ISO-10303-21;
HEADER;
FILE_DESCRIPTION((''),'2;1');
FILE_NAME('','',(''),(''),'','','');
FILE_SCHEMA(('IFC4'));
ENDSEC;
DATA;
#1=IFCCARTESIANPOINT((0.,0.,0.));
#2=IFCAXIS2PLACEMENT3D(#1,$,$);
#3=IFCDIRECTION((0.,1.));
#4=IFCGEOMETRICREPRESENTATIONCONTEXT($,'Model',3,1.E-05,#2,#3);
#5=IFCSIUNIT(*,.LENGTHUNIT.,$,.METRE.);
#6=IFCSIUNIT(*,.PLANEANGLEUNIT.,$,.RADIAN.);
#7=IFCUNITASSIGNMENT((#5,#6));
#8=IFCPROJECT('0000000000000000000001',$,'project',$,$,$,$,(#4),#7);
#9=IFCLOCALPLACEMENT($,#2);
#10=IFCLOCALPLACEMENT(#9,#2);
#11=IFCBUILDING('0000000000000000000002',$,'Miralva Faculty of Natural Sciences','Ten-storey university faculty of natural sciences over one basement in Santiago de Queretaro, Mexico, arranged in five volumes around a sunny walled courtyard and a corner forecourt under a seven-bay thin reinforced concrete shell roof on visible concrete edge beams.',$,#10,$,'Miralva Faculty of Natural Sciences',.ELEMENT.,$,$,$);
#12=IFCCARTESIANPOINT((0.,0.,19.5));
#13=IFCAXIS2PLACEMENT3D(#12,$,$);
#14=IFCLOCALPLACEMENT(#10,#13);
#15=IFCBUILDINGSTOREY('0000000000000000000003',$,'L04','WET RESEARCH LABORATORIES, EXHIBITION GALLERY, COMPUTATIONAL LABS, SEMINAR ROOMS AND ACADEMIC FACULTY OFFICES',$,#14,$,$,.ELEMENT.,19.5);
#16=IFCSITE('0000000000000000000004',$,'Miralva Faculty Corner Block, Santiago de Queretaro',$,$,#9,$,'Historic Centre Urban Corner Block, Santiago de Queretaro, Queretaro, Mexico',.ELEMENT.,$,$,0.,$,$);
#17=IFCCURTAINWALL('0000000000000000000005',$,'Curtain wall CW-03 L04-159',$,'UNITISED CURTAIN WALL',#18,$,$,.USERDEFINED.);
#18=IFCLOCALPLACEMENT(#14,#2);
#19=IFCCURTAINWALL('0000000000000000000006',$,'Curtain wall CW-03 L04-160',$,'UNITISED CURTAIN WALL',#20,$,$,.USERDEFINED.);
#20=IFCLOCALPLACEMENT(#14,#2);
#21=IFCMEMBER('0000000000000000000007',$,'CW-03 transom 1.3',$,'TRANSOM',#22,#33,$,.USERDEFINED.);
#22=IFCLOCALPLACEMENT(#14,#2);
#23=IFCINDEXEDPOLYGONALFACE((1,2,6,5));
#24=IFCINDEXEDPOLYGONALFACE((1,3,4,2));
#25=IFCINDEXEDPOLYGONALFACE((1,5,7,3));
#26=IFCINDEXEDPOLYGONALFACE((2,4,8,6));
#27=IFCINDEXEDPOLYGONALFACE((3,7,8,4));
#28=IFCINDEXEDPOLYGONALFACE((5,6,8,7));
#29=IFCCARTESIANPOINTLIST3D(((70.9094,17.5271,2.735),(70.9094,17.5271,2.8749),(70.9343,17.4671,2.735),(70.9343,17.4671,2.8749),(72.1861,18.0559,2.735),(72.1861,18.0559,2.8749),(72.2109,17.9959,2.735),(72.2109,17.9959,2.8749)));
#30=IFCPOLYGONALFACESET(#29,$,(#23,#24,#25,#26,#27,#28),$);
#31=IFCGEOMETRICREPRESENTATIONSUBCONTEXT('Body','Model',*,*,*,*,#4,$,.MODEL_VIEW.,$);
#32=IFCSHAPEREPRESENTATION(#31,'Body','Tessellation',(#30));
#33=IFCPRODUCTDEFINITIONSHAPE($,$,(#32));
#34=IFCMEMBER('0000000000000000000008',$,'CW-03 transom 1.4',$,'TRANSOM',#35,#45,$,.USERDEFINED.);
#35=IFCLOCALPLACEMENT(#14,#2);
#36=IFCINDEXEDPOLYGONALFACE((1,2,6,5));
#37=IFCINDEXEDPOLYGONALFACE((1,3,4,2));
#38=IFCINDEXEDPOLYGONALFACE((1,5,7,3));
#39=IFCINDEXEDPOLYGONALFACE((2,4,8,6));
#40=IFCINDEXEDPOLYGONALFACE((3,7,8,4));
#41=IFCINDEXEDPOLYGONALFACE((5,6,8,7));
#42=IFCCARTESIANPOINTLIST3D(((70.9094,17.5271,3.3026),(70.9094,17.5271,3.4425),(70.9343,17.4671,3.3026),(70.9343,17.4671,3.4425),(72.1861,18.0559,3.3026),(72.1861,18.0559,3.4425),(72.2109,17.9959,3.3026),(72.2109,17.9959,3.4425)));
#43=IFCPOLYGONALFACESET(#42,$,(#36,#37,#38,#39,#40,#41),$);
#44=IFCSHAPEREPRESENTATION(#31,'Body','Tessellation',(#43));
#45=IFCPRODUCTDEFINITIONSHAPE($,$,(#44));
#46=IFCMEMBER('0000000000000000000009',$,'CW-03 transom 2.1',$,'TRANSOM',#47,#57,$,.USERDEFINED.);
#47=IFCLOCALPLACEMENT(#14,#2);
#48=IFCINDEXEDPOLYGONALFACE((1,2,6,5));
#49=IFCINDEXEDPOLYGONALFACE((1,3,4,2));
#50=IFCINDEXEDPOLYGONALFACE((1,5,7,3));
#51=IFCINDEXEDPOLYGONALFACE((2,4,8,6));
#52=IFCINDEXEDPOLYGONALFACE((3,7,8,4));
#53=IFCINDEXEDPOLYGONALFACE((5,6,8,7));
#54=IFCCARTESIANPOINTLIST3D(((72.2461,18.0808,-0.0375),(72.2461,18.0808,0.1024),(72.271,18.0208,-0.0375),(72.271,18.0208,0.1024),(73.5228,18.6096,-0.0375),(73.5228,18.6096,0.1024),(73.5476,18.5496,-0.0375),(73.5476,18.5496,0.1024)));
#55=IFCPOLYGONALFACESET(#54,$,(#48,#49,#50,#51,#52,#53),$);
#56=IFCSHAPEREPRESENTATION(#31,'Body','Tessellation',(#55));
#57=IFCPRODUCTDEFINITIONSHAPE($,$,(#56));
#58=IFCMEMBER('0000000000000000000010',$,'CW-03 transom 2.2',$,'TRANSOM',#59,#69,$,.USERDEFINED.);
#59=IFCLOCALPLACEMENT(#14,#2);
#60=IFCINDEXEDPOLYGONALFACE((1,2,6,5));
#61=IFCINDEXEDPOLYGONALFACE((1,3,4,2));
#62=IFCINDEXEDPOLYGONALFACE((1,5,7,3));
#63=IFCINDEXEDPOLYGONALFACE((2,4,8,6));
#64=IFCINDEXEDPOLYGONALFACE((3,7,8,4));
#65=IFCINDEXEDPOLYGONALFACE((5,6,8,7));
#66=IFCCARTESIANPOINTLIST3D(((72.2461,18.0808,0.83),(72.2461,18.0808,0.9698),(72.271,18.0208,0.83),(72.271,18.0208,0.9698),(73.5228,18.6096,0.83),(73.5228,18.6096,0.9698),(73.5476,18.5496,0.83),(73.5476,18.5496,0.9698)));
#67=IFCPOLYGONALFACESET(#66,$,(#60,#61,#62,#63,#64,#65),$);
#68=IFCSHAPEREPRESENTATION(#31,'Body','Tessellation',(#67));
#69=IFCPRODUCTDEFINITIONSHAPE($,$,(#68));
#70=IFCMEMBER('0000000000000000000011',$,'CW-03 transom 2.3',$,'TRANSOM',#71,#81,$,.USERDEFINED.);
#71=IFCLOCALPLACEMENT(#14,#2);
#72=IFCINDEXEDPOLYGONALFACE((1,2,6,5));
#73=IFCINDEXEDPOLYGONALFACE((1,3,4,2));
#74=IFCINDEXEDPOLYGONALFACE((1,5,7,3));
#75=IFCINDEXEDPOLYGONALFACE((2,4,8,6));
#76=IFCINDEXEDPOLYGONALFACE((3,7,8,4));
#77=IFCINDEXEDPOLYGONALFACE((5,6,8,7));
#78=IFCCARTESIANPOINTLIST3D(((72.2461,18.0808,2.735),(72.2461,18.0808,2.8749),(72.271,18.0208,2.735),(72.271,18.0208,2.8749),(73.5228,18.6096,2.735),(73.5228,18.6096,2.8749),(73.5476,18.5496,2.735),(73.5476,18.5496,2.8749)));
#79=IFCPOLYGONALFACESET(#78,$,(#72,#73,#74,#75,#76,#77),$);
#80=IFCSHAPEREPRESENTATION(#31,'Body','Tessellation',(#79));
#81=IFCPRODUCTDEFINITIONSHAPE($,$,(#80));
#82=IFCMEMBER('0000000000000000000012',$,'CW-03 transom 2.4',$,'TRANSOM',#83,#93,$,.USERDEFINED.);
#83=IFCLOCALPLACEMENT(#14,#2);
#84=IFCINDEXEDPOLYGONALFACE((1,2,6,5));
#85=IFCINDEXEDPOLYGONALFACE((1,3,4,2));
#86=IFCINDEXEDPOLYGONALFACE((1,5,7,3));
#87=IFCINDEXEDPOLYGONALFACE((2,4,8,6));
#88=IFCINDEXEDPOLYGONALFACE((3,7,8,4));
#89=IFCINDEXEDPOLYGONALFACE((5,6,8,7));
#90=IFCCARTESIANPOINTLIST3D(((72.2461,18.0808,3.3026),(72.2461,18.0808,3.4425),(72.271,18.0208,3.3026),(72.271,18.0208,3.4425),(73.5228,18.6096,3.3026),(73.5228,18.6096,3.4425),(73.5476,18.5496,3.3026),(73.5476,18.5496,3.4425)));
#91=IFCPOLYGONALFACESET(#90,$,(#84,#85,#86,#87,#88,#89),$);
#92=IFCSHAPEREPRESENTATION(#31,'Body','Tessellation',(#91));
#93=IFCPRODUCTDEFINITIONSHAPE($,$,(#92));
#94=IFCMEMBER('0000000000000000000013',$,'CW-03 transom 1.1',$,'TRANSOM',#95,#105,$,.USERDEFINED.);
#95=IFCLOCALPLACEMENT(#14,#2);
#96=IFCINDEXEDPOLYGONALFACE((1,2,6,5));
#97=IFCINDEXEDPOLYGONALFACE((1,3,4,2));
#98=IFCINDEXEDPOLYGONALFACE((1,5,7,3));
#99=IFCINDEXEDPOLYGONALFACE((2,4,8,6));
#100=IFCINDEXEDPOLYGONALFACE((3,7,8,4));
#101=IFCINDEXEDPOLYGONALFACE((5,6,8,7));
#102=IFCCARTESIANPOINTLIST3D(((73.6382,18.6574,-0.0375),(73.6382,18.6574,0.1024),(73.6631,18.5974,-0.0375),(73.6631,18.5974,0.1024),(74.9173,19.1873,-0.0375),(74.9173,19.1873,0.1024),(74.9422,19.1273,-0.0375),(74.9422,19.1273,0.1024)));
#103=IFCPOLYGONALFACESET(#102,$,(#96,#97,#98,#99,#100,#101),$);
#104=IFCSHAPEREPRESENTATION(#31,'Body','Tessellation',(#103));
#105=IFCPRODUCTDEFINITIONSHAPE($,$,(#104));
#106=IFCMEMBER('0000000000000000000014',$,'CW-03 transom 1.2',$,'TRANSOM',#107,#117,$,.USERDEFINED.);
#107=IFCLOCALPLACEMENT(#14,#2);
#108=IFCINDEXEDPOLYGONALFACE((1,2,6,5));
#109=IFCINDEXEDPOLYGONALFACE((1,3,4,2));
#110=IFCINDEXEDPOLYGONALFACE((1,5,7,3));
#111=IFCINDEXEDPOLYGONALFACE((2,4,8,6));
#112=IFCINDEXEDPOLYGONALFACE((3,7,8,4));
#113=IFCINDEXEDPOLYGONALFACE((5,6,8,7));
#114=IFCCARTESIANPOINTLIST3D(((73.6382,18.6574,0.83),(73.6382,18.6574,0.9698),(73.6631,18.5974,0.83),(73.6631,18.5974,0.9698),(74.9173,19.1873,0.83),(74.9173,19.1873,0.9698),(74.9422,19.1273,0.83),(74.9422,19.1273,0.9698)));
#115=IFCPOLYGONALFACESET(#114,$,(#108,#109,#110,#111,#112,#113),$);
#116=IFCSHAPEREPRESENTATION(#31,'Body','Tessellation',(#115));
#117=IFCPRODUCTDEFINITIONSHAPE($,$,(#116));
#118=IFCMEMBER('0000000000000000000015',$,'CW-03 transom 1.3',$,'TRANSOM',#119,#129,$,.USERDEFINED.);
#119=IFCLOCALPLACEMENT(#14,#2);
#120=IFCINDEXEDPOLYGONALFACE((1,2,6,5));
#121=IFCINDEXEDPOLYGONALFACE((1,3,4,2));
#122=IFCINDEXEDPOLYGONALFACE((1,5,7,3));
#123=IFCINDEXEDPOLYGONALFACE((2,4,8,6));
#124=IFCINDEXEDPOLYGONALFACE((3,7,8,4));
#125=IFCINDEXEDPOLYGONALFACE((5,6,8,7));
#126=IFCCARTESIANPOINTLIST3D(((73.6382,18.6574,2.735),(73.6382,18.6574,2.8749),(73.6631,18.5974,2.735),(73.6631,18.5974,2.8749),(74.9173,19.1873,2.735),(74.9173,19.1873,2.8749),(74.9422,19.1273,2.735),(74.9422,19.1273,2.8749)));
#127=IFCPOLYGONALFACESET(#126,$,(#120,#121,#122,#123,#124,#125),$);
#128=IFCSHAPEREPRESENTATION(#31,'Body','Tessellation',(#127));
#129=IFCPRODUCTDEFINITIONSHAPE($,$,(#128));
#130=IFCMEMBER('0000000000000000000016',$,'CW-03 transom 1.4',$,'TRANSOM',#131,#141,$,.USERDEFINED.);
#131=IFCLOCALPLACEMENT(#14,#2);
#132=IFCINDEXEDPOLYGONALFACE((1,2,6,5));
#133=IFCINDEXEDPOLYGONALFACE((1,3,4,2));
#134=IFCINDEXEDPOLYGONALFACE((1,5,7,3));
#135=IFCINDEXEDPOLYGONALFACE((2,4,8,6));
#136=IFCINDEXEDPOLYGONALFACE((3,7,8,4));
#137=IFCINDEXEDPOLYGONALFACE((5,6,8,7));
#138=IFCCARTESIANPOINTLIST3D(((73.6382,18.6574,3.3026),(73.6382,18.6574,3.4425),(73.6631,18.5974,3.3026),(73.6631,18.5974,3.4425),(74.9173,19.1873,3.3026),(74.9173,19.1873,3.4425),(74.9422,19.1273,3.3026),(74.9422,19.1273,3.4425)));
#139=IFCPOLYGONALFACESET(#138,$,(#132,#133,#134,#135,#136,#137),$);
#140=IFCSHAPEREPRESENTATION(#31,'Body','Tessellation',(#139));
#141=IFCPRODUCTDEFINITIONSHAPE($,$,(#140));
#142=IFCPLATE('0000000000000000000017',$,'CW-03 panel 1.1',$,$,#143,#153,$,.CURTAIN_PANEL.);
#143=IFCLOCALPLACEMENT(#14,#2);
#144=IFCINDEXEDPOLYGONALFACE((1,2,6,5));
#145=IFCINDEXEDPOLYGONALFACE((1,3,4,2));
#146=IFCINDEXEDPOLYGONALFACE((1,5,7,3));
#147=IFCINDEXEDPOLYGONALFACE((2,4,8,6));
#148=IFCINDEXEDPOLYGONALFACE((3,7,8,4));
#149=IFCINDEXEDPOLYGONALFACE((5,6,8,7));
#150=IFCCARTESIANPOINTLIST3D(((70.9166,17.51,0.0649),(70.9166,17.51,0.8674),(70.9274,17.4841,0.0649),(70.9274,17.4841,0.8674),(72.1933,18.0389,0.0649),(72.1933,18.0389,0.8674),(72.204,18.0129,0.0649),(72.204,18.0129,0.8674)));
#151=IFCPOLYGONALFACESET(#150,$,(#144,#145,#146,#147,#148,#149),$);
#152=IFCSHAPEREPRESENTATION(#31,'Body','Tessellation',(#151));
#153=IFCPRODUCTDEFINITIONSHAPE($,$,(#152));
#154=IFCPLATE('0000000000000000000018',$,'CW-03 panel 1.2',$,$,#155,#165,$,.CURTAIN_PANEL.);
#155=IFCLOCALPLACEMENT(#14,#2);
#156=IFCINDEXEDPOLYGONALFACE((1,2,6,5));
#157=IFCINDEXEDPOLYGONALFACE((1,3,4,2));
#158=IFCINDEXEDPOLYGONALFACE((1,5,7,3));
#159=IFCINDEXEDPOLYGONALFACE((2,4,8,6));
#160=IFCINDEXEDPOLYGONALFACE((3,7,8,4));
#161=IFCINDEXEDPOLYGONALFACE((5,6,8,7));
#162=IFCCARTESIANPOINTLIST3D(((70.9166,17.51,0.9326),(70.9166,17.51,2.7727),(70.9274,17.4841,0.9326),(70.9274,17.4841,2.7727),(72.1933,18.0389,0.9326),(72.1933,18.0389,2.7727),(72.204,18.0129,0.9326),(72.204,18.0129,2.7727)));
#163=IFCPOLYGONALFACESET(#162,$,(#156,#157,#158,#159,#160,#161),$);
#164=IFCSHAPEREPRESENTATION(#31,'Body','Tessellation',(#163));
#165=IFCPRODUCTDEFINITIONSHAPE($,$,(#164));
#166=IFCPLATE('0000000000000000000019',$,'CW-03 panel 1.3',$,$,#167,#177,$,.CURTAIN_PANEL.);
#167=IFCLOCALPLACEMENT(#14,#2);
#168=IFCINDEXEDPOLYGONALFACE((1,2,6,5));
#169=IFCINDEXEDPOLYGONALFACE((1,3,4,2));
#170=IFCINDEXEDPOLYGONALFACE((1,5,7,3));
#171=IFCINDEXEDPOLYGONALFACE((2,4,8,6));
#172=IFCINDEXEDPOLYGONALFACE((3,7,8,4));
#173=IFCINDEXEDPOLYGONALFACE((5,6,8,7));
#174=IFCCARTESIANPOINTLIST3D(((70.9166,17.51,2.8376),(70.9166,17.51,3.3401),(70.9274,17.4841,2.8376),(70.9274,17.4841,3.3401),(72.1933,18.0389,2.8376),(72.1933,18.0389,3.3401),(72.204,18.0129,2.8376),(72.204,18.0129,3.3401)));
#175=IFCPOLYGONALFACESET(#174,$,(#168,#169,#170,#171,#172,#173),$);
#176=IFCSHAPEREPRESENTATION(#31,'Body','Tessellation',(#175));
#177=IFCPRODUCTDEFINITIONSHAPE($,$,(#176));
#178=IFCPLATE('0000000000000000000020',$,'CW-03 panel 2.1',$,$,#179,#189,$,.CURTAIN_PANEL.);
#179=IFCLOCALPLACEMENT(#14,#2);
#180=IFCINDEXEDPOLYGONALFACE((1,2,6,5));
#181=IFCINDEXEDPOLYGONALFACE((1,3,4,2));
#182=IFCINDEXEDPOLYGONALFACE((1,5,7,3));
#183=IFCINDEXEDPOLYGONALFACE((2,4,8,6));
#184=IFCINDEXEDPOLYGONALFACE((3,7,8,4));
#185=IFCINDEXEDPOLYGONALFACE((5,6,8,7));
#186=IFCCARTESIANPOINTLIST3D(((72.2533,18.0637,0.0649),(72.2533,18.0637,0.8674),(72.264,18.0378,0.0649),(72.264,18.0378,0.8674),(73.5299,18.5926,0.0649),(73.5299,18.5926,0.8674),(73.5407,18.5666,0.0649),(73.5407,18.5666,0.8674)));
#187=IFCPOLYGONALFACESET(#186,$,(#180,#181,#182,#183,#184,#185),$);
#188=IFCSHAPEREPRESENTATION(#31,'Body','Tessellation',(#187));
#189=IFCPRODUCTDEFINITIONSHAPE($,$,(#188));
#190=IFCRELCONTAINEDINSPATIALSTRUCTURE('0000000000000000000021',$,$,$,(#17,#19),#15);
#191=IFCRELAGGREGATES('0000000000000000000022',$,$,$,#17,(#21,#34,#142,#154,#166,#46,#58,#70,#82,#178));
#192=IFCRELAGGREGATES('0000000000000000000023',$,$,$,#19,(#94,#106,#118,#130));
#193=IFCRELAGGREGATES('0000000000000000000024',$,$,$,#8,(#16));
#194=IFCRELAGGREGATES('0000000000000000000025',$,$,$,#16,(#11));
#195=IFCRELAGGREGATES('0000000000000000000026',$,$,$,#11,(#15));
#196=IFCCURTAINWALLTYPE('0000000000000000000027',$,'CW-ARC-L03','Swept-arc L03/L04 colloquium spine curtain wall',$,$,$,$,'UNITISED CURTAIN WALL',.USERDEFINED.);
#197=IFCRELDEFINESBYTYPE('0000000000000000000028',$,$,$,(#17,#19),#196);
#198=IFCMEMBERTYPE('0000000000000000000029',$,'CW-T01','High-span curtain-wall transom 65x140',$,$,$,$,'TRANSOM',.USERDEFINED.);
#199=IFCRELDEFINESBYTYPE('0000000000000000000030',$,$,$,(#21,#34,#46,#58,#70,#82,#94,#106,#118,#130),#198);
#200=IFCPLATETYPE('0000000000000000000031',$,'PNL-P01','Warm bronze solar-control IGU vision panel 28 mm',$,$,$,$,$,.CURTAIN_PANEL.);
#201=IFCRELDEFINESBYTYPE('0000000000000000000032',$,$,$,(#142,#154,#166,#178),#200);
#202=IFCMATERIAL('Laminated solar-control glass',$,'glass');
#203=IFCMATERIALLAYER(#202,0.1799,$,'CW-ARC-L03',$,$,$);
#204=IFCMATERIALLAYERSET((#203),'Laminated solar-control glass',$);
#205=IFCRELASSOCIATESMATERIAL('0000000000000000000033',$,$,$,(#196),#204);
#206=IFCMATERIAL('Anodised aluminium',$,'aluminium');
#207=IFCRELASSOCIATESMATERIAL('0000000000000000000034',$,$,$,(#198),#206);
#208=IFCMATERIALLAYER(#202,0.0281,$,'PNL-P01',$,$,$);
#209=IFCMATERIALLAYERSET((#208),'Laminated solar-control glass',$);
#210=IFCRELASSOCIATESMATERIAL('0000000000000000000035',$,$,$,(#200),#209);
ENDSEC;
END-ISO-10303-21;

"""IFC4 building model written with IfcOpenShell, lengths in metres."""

from ifc_helpers import new_model, si_unit, direction, frame, origin, origin_2d, place, context, subcontext, project, spatial, rectangle, extrude, material, layer, layer_set, material_profile, profile_set, type_object, element, aggregate, save


model = new_model("IFC4")

# Units and contexts
model_context = context("Model", 3, precision=1e-05, world=origin(), true_north=direction((0.0, 1.0)))
body_context = subcontext(model_context, "Body", "Model", "MODEL_VIEW")
ifc_project = project(units=[si_unit("LENGTHUNIT", "METRE"), si_unit("PLANEANGLEUNIT", "RADIAN")], contexts=[model_context])

# Site, building, storey
site_placement = place(None, origin())
site = spatial("IfcSite", under=ifc_project, at=site_placement, Name="Miralva Faculty Corner Block, Santiago de Queretaro", LongName="Historic Centre Urban Corner Block, Santiago de Queretaro, Queretaro, Mexico", CompositionType="ELEMENT", RefElevation=0.0)
building_placement = place(site_placement, origin())
building = spatial("IfcBuilding", under=site, at=building_placement, Name="Miralva Faculty of Natural Sciences", Description="Ten-storey university faculty of natural sciences over one basement in Santiago de Queretaro, Mexico, arranged in five volumes around a sunny walled courtyard and a corner forecourt under a seven-bay thin reinforced concrete shell roof on visible concrete edge beams.", LongName="Miralva Faculty of Natural Sciences", CompositionType="ELEMENT")
storey_placement = place(building_placement, frame((0.0, 0.0, 19.5)))
storey = spatial("IfcBuildingStorey", under=building, at=storey_placement, Name="L04", Description="WET RESEARCH LABORATORIES, EXHIBITION GALLERY, COMPUTATIONAL LABS, SEMINAR ROOMS AND ACADEMIC FACULTY OFFICES", CompositionType="ELEMENT", Elevation=19.5)

# Curtain wall
ifc_material_1 = material(Name="Laminated solar-control glass", Category="glass")
ifc_layer_1 = layer(ifc_material_1, 0.1799, Name="CW-ARC-L03")
ifc_layer_set_1 = layer_set([ifc_layer_1], Name="Laminated solar-control glass")
curtain_wall_type = type_object("IfcCurtainWallType", Name="CW-ARC-L03", Description="Swept-arc L03/L04 colloquium spine curtain wall", ElementType="UNITISED CURTAIN WALL", PredefinedType="USERDEFINED", material=ifc_layer_set_1)
curtain_wall_1_placement = place(storey_placement, origin())
curtain_wall_1 = element("IfcCurtainWall", 1, at=curtain_wall_1_placement, inside=storey, type_object=curtain_wall_type, Name="Curtain wall CW-03 L04-159", ObjectType="UNITISED CURTAIN WALL", PredefinedType="USERDEFINED")
ifc_material_2 = material(Name="Anodised aluminium", Category="aluminium")

# Curtain wall
curtain_wall_2_placement = place(storey_placement, origin())
curtain_wall_2 = element("IfcCurtainWall", 2, at=curtain_wall_2_placement, inside=storey, type_object=curtain_wall_type, Name="Curtain wall CW-03 L04-160", ObjectType="UNITISED CURTAIN WALL", PredefinedType="USERDEFINED")

# Members
ifc_material_profile_1 = material_profile(ifc_material_2, rectangle(XDim=0.0649, YDim=0.1399, at=origin_2d()), Name="TRANSOM 65x140")
ifc_profile_set_1 = profile_set([ifc_material_profile_1], Name="Anodised aluminium")
member_type_1 = type_object("IfcMemberType", Name="CW-T01", Description="High-span curtain-wall transom 65x140", ElementType="TRANSOM", PredefinedType="USERDEFINED", material=ifc_profile_set_1)
member_1_placement = place(storey_placement, frame((70.9219, 17.4971, 2.8049), z_axis=(0.923875, 0.382695, 0.0), x_axis=(-0.382695, 0.923875, 0.0)))
member_1 = element("IfcMember", 3, at=member_1_placement, type_object=member_type_1, Name="CW-03 transom 1.3", ObjectType="TRANSOM", PredefinedType="USERDEFINED", context=body_context, shape_type="SweptSolid", body=[
    extrude(rectangle(XDim=0.0649, YDim=0.1399, at=origin_2d()), origin(), (0.0, 0.0, 1.0), 1.3818),
])
member_2_placement = place(storey_placement, frame((70.9219, 17.4971, 3.3726), z_axis=(0.923875, 0.382695, 0.0), x_axis=(-0.382695, 0.923875, 0.0)))
member_2 = element("IfcMember", 4, at=member_2_placement, type_object=member_type_1, Name="CW-03 transom 1.4", ObjectType="TRANSOM", PredefinedType="USERDEFINED", context=body_context, shape_type="SweptSolid", body=[
    extrude(rectangle(XDim=0.0649, YDim=0.1399, at=origin_2d()), origin(), (0.0, 0.0, 1.0), 1.3818),
])
member_3_placement = place(storey_placement, frame((72.2585, 18.0508, 0.0325), z_axis=(0.923875, 0.382695, 0.0), x_axis=(-0.382695, 0.923875, 0.0)))
member_3 = element("IfcMember", 5, at=member_3_placement, type_object=member_type_1, Name="CW-03 transom 2.1", ObjectType="TRANSOM", PredefinedType="USERDEFINED", context=body_context, shape_type="SweptSolid", body=[
    extrude(rectangle(XDim=0.0649, YDim=0.1399, at=origin_2d()), origin(), (0.0, 0.0, 1.0), 1.3818),
])
member_4_placement = place(storey_placement, frame((72.2585, 18.0508, 0.8999), z_axis=(0.923875, 0.382695, 0.0), x_axis=(-0.382695, 0.923875, 0.0)))
member_4 = element("IfcMember", 6, at=member_4_placement, type_object=member_type_1, Name="CW-03 transom 2.2", ObjectType="TRANSOM", PredefinedType="USERDEFINED", context=body_context, shape_type="SweptSolid", body=[
    extrude(rectangle(XDim=0.0649, YDim=0.1399, at=origin_2d()), origin(), (0.0, 0.0, 1.0), 1.3818),
])
member_5_placement = place(storey_placement, frame((72.2585, 18.0508, 2.8049), z_axis=(0.923875, 0.382695, 0.0), x_axis=(-0.382695, 0.923875, 0.0)))
member_5 = element("IfcMember", 7, at=member_5_placement, type_object=member_type_1, Name="CW-03 transom 2.3", ObjectType="TRANSOM", PredefinedType="USERDEFINED", context=body_context, shape_type="SweptSolid", body=[
    extrude(rectangle(XDim=0.0649, YDim=0.1399, at=origin_2d()), origin(), (0.0, 0.0, 1.0), 1.3818),
])
member_6_placement = place(storey_placement, frame((72.2585, 18.0508, 3.3726), z_axis=(0.923875, 0.382695, 0.0), x_axis=(-0.382695, 0.923875, 0.0)))
member_6 = element("IfcMember", 8, at=member_6_placement, type_object=member_type_1, Name="CW-03 transom 2.4", ObjectType="TRANSOM", PredefinedType="USERDEFINED", context=body_context, shape_type="SweptSolid", body=[
    extrude(rectangle(XDim=0.0649, YDim=0.1399, at=origin_2d()), origin(), (0.0, 0.0, 1.0), 1.3818),
])
member_7_placement = place(storey_placement, frame((73.6506, 18.6274, 0.0325), z_axis=(0.923884, 0.382674, 0.0), x_axis=(-0.382674, 0.923884, 0.0)))
member_7 = element("IfcMember", 9, at=member_7_placement, type_object=member_type_1, Name="CW-03 transom 1.1", ObjectType="TRANSOM", PredefinedType="USERDEFINED", context=body_context, shape_type="SweptSolid", body=[
    extrude(rectangle(XDim=0.0649, YDim=0.1399, at=origin_2d()), origin(), (0.0, 0.0, 1.0), 1.3845),
])
member_8_placement = place(storey_placement, frame((73.6506, 18.6274, 0.8999), z_axis=(0.923884, 0.382674, 0.0), x_axis=(-0.382674, 0.923884, 0.0)))
member_8 = element("IfcMember", 10, at=member_8_placement, type_object=member_type_1, Name="CW-03 transom 1.2", ObjectType="TRANSOM", PredefinedType="USERDEFINED", context=body_context, shape_type="SweptSolid", body=[
    extrude(rectangle(XDim=0.0649, YDim=0.1399, at=origin_2d()), origin(), (0.0, 0.0, 1.0), 1.3845),
])
member_9_placement = place(storey_placement, frame((73.6506, 18.6274, 2.8049), z_axis=(0.923884, 0.382674, 0.0), x_axis=(-0.382674, 0.923884, 0.0)))
member_9 = element("IfcMember", 11, at=member_9_placement, type_object=member_type_1, Name="CW-03 transom 1.3", ObjectType="TRANSOM", PredefinedType="USERDEFINED", context=body_context, shape_type="SweptSolid", body=[
    extrude(rectangle(XDim=0.0649, YDim=0.1399, at=origin_2d()), origin(), (0.0, 0.0, 1.0), 1.3845),
])
member_10_placement = place(storey_placement, frame((73.6506, 18.6274, 3.3726), z_axis=(0.923884, 0.382674, 0.0), x_axis=(-0.382674, 0.923884, 0.0)))
member_10 = element("IfcMember", 12, at=member_10_placement, type_object=member_type_1, Name="CW-03 transom 1.4", ObjectType="TRANSOM", PredefinedType="USERDEFINED", context=body_context, shape_type="SweptSolid", body=[
    extrude(rectangle(XDim=0.0649, YDim=0.1399, at=origin_2d()), origin(), (0.0, 0.0, 1.0), 1.3845),
])

# Plates
ifc_layer_2 = layer(ifc_material_1, 0.0281, Name="PNL-P01")
ifc_layer_set_2 = layer_set([ifc_layer_2], Name="Laminated solar-control glass")
plate_type = type_object("IfcPlateType", Name="PNL-P01", Description="Warm bronze solar-control IGU vision panel 28 mm", PredefinedType="CURTAIN_PANEL", material=ifc_layer_set_2)
plate_1_placement = place(storey_placement, frame((71.5603, 17.7615, 0.0649), z_axis=(0.0, 0.0, 1.0), x_axis=(0.923874, 0.382697, 0.0)))
plate_1 = element("IfcPlate", 13, at=plate_1_placement, type_object=plate_type, Name="CW-03 panel 1.1", PredefinedType="CURTAIN_PANEL", context=body_context, shape_type="SweptSolid", body=[
    extrude(rectangle(XDim=1.3818, YDim=0.0281, at=origin_2d()), origin(), (0.0, 0.0, 1.0), 0.8025),
])
plate_2_placement = place(storey_placement, frame((71.5603, 17.7615, 0.9326), z_axis=(0.0, 0.0, 1.0), x_axis=(0.923874, 0.382697, 0.0)))
plate_2 = element("IfcPlate", 14, at=plate_2_placement, type_object=plate_type, Name="CW-03 panel 1.2", PredefinedType="CURTAIN_PANEL", context=body_context, shape_type="SweptSolid", body=[
    extrude(rectangle(XDim=1.3818, YDim=0.0281, at=origin_2d()), origin(), (0.0, 0.0, 1.0), 1.8401),
])
plate_3_placement = place(storey_placement, frame((71.5603, 17.7615, 2.8376), z_axis=(0.0, 0.0, 1.0), x_axis=(0.923874, 0.382697, 0.0)))
plate_3 = element("IfcPlate", 15, at=plate_3_placement, type_object=plate_type, Name="CW-03 panel 1.3", PredefinedType="CURTAIN_PANEL", context=body_context, shape_type="SweptSolid", body=[
    extrude(rectangle(XDim=1.3818, YDim=0.0281, at=origin_2d()), origin(), (0.0, 0.0, 1.0), 0.5024),
])
plate_4_placement = place(storey_placement, frame((72.897, 18.3152, 0.0649), z_axis=(0.0, 0.0, 1.0), x_axis=(0.923874, 0.382697, 0.0)))
plate_4 = element("IfcPlate", 16, at=plate_4_placement, type_object=plate_type, Name="CW-03 panel 2.1", PredefinedType="CURTAIN_PANEL", context=body_context, shape_type="SweptSolid", body=[
    extrude(rectangle(XDim=1.3818, YDim=0.0281, at=origin_2d()), origin(), (0.0, 0.0, 1.0), 0.8025),
])
aggregate(curtain_wall_1, [member_1, member_2, plate_1, plate_2, plate_3, member_3, member_4, member_5, member_6, plate_4])
aggregate(curtain_wall_2, [member_7, member_8, member_9, member_10])

save(model, "model.ifc")
